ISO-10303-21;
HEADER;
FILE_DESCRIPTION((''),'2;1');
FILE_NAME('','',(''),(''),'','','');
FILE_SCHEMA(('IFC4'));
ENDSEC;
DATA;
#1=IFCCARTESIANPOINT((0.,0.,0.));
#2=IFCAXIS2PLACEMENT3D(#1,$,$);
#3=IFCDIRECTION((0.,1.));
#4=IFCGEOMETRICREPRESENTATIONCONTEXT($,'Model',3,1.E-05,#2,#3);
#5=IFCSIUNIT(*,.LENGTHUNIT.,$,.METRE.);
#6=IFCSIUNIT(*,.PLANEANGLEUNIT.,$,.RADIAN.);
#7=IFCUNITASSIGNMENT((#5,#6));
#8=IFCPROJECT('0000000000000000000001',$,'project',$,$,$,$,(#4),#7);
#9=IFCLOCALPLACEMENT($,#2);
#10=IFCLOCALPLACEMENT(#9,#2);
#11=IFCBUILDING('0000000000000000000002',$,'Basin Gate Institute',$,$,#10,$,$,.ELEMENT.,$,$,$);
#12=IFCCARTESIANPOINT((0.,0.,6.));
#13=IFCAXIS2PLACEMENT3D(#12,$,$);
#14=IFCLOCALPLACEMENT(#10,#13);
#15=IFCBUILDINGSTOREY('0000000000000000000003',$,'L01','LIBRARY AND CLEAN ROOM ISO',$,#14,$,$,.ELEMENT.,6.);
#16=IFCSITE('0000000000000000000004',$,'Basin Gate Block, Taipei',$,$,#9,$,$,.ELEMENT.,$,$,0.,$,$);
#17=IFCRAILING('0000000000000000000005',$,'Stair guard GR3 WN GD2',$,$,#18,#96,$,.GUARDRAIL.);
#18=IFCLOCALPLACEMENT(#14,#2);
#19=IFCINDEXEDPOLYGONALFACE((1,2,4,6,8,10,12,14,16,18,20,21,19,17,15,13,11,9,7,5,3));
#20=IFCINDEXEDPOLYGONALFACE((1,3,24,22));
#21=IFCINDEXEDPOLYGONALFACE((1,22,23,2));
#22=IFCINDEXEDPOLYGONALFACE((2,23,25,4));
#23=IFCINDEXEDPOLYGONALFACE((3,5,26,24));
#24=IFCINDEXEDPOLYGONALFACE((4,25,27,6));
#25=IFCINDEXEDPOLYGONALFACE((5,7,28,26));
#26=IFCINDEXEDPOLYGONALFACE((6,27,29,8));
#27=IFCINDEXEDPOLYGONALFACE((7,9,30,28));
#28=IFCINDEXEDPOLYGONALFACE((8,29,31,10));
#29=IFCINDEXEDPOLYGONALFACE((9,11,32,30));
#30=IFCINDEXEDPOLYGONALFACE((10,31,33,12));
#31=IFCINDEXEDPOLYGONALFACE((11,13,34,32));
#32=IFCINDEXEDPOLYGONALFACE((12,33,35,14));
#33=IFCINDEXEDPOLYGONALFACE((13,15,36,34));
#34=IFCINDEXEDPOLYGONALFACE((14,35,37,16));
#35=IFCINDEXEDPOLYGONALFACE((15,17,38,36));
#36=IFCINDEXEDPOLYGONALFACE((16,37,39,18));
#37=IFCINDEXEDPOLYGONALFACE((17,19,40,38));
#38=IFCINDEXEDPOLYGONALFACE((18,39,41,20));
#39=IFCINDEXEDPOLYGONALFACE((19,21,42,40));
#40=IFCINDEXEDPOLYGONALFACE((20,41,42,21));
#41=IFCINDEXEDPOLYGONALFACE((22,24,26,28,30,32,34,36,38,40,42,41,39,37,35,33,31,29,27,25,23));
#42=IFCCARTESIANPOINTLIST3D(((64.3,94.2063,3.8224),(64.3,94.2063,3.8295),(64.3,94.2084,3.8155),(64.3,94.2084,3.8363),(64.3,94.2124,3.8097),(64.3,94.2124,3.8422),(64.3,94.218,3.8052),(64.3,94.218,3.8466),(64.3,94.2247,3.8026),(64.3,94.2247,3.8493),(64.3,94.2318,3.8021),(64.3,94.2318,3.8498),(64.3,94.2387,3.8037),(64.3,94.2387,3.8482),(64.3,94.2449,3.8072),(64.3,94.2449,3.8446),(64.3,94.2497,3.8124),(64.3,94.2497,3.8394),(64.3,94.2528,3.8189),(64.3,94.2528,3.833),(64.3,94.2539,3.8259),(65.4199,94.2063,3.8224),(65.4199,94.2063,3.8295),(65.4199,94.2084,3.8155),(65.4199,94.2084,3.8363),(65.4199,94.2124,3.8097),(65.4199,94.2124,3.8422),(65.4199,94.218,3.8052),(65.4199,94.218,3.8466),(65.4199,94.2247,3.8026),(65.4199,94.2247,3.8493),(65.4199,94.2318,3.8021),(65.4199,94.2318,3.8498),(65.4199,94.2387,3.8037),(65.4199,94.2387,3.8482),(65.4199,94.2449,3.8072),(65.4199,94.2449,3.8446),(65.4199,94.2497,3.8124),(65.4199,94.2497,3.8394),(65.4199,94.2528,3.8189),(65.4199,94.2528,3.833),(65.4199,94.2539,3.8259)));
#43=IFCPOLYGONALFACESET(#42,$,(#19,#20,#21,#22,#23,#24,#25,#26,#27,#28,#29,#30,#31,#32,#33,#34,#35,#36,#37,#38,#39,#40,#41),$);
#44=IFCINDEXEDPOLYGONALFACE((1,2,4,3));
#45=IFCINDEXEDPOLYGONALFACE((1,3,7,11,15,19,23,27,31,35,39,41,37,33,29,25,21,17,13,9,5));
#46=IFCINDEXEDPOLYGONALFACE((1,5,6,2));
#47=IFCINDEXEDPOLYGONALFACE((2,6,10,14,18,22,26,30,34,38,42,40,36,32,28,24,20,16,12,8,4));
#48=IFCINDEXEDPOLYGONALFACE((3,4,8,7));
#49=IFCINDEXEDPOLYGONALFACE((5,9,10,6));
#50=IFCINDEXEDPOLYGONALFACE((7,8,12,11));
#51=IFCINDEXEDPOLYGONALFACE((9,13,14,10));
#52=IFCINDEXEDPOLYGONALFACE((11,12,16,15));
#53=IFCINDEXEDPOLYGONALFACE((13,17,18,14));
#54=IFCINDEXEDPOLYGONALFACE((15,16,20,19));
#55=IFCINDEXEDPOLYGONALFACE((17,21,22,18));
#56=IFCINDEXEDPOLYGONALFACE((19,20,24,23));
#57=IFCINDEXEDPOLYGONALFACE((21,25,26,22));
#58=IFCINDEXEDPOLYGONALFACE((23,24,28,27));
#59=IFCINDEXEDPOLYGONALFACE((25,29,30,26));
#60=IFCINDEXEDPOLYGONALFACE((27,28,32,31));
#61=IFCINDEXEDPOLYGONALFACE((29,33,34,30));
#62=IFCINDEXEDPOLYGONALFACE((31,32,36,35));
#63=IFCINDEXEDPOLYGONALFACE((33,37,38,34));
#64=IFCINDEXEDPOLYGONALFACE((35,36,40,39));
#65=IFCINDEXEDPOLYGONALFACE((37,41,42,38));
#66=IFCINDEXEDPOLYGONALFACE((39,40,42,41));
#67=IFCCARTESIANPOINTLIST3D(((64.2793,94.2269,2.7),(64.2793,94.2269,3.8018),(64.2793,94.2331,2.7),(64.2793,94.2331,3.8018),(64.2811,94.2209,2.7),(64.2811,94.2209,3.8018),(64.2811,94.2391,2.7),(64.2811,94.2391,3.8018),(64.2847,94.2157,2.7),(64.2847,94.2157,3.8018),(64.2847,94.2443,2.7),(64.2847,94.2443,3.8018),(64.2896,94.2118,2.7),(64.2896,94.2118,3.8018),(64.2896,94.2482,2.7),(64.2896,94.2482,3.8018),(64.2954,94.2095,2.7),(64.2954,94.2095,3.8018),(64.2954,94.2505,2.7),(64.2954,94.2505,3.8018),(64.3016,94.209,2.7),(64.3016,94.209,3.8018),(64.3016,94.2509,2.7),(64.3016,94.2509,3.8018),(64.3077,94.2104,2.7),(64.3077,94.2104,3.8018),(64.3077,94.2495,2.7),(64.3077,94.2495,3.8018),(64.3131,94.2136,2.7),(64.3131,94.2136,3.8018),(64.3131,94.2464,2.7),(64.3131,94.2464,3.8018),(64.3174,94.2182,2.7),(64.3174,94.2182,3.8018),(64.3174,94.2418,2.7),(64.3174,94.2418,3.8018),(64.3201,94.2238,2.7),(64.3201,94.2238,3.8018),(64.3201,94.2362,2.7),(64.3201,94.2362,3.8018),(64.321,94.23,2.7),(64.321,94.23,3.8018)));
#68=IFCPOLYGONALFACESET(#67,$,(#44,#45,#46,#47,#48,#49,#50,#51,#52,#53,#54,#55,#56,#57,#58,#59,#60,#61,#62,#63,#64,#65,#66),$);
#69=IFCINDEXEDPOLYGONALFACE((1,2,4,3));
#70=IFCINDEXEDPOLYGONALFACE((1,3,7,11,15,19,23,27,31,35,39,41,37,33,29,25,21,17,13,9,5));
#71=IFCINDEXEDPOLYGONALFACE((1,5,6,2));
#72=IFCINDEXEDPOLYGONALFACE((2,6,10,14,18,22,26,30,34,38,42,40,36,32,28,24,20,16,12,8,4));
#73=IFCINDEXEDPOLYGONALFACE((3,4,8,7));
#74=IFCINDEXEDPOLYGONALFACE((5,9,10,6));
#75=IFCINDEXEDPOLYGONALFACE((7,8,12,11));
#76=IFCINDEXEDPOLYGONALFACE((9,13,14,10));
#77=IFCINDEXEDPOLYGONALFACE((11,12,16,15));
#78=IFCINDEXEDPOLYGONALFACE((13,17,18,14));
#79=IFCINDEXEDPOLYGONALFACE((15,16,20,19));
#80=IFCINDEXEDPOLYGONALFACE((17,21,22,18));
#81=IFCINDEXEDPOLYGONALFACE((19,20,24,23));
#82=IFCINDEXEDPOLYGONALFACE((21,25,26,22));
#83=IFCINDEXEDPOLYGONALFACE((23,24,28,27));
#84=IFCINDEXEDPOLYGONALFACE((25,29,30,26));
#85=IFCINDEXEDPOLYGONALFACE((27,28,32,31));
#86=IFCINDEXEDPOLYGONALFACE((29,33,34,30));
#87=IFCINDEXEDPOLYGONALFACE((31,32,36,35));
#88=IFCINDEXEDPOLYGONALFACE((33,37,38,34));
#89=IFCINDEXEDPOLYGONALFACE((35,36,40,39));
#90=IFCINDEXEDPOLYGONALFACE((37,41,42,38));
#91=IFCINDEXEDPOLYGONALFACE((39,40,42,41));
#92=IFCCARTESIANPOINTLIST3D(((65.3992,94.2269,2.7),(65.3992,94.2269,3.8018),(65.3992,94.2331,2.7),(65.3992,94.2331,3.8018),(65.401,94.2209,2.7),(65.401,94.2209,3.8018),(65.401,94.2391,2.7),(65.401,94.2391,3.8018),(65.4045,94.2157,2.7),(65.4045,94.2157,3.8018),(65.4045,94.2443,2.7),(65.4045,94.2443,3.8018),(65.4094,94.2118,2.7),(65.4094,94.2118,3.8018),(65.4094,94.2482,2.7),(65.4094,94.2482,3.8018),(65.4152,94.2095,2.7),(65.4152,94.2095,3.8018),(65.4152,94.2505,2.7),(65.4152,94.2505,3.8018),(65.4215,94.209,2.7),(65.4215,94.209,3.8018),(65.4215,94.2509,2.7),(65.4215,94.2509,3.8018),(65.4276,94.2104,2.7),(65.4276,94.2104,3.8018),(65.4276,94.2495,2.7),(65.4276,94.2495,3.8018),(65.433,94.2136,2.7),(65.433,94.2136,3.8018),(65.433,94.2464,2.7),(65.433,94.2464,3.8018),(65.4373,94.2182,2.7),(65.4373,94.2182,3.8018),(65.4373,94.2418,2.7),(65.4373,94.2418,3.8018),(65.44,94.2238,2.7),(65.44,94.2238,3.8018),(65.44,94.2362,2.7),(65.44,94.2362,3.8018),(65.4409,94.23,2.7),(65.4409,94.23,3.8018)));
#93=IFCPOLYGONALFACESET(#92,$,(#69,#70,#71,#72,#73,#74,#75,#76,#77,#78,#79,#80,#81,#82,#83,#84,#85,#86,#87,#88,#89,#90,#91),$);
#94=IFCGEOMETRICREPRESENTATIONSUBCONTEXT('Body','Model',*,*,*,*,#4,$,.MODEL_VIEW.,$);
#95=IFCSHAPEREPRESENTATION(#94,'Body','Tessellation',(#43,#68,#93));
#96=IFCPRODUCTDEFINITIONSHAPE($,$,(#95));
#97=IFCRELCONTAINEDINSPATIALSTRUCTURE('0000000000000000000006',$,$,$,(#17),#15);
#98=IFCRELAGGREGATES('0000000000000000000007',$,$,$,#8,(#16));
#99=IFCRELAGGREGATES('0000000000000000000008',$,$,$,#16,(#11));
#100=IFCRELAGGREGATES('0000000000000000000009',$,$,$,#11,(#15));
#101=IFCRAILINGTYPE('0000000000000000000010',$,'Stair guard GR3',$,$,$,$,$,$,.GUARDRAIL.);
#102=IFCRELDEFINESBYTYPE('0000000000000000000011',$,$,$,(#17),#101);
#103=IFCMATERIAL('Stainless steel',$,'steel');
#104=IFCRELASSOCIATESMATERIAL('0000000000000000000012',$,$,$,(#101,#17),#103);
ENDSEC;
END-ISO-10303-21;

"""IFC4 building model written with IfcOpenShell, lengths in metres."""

from ifc_helpers import new_model, si_unit, direction, frame, origin, origin_2d, place, context, subcontext, project, spatial, circle, extrude, material, type_object, element, save


model = new_model("IFC4")

# Units and contexts
model_context = context("Model", 3, precision=1e-05, world=origin(), true_north=direction((0.0, 1.0)))
body_context = subcontext(model_context, "Body", "Model", "MODEL_VIEW")
ifc_project = project(units=[si_unit("LENGTHUNIT", "METRE"), si_unit("PLANEANGLEUNIT", "RADIAN")], contexts=[model_context])

# Site, building, storey
site_placement = place(None, origin())
site = spatial("IfcSite", under=ifc_project, at=site_placement, Name="Basin Gate Block, Taipei", CompositionType="ELEMENT", RefElevation=0.0)
building_placement = place(site_placement, origin())
building = spatial("IfcBuilding", under=site, at=building_placement, Name="Basin Gate Institute", CompositionType="ELEMENT")
storey_placement = place(building_placement, frame((0.0, 0.0, 6.0)))
storey = spatial("IfcBuildingStorey", under=building, at=storey_placement, Name="L01", Description="LIBRARY AND CLEAN ROOM ISO", CompositionType="ELEMENT", Elevation=6.0)

# Railing
ifc_material_1 = material(Name="Stainless steel", Category="steel")
railing_type_1 = type_object("IfcRailingType", Name="Stair guard GR3", PredefinedType="GUARDRAIL", material=ifc_material_1)
railing_1_placement = place(storey_placement, frame((64.3, 94.23, 2.7)))
element("IfcRailing", 1, at=railing_1_placement, inside=storey, type_object=railing_type_1, material=ifc_material_1, Name="Stair guard GR3 WN GD2", PredefinedType="GUARDRAIL", context=body_context, shape_type="SweptSolid", body=[
    extrude(circle(Radius=0.0239, at=origin_2d()), frame((0.0, 0.0, 1.126), z_axis=(1.0, 0.0, 0.0), x_axis=(0.0, 1.0, 0.0)), (0.0, 0.0, 1.0), 1.1199),
    extrude(circle(Radius=0.021, at=origin_2d()), origin(), (0.0, 0.0, 1.0), 1.1018),
    extrude(circle(Radius=0.021, at=origin_2d()), frame((1.1199, 0.0, 0.0)), (0.0, 0.0, 1.0), 1.1018),
])

save(model, "model.ifc")
